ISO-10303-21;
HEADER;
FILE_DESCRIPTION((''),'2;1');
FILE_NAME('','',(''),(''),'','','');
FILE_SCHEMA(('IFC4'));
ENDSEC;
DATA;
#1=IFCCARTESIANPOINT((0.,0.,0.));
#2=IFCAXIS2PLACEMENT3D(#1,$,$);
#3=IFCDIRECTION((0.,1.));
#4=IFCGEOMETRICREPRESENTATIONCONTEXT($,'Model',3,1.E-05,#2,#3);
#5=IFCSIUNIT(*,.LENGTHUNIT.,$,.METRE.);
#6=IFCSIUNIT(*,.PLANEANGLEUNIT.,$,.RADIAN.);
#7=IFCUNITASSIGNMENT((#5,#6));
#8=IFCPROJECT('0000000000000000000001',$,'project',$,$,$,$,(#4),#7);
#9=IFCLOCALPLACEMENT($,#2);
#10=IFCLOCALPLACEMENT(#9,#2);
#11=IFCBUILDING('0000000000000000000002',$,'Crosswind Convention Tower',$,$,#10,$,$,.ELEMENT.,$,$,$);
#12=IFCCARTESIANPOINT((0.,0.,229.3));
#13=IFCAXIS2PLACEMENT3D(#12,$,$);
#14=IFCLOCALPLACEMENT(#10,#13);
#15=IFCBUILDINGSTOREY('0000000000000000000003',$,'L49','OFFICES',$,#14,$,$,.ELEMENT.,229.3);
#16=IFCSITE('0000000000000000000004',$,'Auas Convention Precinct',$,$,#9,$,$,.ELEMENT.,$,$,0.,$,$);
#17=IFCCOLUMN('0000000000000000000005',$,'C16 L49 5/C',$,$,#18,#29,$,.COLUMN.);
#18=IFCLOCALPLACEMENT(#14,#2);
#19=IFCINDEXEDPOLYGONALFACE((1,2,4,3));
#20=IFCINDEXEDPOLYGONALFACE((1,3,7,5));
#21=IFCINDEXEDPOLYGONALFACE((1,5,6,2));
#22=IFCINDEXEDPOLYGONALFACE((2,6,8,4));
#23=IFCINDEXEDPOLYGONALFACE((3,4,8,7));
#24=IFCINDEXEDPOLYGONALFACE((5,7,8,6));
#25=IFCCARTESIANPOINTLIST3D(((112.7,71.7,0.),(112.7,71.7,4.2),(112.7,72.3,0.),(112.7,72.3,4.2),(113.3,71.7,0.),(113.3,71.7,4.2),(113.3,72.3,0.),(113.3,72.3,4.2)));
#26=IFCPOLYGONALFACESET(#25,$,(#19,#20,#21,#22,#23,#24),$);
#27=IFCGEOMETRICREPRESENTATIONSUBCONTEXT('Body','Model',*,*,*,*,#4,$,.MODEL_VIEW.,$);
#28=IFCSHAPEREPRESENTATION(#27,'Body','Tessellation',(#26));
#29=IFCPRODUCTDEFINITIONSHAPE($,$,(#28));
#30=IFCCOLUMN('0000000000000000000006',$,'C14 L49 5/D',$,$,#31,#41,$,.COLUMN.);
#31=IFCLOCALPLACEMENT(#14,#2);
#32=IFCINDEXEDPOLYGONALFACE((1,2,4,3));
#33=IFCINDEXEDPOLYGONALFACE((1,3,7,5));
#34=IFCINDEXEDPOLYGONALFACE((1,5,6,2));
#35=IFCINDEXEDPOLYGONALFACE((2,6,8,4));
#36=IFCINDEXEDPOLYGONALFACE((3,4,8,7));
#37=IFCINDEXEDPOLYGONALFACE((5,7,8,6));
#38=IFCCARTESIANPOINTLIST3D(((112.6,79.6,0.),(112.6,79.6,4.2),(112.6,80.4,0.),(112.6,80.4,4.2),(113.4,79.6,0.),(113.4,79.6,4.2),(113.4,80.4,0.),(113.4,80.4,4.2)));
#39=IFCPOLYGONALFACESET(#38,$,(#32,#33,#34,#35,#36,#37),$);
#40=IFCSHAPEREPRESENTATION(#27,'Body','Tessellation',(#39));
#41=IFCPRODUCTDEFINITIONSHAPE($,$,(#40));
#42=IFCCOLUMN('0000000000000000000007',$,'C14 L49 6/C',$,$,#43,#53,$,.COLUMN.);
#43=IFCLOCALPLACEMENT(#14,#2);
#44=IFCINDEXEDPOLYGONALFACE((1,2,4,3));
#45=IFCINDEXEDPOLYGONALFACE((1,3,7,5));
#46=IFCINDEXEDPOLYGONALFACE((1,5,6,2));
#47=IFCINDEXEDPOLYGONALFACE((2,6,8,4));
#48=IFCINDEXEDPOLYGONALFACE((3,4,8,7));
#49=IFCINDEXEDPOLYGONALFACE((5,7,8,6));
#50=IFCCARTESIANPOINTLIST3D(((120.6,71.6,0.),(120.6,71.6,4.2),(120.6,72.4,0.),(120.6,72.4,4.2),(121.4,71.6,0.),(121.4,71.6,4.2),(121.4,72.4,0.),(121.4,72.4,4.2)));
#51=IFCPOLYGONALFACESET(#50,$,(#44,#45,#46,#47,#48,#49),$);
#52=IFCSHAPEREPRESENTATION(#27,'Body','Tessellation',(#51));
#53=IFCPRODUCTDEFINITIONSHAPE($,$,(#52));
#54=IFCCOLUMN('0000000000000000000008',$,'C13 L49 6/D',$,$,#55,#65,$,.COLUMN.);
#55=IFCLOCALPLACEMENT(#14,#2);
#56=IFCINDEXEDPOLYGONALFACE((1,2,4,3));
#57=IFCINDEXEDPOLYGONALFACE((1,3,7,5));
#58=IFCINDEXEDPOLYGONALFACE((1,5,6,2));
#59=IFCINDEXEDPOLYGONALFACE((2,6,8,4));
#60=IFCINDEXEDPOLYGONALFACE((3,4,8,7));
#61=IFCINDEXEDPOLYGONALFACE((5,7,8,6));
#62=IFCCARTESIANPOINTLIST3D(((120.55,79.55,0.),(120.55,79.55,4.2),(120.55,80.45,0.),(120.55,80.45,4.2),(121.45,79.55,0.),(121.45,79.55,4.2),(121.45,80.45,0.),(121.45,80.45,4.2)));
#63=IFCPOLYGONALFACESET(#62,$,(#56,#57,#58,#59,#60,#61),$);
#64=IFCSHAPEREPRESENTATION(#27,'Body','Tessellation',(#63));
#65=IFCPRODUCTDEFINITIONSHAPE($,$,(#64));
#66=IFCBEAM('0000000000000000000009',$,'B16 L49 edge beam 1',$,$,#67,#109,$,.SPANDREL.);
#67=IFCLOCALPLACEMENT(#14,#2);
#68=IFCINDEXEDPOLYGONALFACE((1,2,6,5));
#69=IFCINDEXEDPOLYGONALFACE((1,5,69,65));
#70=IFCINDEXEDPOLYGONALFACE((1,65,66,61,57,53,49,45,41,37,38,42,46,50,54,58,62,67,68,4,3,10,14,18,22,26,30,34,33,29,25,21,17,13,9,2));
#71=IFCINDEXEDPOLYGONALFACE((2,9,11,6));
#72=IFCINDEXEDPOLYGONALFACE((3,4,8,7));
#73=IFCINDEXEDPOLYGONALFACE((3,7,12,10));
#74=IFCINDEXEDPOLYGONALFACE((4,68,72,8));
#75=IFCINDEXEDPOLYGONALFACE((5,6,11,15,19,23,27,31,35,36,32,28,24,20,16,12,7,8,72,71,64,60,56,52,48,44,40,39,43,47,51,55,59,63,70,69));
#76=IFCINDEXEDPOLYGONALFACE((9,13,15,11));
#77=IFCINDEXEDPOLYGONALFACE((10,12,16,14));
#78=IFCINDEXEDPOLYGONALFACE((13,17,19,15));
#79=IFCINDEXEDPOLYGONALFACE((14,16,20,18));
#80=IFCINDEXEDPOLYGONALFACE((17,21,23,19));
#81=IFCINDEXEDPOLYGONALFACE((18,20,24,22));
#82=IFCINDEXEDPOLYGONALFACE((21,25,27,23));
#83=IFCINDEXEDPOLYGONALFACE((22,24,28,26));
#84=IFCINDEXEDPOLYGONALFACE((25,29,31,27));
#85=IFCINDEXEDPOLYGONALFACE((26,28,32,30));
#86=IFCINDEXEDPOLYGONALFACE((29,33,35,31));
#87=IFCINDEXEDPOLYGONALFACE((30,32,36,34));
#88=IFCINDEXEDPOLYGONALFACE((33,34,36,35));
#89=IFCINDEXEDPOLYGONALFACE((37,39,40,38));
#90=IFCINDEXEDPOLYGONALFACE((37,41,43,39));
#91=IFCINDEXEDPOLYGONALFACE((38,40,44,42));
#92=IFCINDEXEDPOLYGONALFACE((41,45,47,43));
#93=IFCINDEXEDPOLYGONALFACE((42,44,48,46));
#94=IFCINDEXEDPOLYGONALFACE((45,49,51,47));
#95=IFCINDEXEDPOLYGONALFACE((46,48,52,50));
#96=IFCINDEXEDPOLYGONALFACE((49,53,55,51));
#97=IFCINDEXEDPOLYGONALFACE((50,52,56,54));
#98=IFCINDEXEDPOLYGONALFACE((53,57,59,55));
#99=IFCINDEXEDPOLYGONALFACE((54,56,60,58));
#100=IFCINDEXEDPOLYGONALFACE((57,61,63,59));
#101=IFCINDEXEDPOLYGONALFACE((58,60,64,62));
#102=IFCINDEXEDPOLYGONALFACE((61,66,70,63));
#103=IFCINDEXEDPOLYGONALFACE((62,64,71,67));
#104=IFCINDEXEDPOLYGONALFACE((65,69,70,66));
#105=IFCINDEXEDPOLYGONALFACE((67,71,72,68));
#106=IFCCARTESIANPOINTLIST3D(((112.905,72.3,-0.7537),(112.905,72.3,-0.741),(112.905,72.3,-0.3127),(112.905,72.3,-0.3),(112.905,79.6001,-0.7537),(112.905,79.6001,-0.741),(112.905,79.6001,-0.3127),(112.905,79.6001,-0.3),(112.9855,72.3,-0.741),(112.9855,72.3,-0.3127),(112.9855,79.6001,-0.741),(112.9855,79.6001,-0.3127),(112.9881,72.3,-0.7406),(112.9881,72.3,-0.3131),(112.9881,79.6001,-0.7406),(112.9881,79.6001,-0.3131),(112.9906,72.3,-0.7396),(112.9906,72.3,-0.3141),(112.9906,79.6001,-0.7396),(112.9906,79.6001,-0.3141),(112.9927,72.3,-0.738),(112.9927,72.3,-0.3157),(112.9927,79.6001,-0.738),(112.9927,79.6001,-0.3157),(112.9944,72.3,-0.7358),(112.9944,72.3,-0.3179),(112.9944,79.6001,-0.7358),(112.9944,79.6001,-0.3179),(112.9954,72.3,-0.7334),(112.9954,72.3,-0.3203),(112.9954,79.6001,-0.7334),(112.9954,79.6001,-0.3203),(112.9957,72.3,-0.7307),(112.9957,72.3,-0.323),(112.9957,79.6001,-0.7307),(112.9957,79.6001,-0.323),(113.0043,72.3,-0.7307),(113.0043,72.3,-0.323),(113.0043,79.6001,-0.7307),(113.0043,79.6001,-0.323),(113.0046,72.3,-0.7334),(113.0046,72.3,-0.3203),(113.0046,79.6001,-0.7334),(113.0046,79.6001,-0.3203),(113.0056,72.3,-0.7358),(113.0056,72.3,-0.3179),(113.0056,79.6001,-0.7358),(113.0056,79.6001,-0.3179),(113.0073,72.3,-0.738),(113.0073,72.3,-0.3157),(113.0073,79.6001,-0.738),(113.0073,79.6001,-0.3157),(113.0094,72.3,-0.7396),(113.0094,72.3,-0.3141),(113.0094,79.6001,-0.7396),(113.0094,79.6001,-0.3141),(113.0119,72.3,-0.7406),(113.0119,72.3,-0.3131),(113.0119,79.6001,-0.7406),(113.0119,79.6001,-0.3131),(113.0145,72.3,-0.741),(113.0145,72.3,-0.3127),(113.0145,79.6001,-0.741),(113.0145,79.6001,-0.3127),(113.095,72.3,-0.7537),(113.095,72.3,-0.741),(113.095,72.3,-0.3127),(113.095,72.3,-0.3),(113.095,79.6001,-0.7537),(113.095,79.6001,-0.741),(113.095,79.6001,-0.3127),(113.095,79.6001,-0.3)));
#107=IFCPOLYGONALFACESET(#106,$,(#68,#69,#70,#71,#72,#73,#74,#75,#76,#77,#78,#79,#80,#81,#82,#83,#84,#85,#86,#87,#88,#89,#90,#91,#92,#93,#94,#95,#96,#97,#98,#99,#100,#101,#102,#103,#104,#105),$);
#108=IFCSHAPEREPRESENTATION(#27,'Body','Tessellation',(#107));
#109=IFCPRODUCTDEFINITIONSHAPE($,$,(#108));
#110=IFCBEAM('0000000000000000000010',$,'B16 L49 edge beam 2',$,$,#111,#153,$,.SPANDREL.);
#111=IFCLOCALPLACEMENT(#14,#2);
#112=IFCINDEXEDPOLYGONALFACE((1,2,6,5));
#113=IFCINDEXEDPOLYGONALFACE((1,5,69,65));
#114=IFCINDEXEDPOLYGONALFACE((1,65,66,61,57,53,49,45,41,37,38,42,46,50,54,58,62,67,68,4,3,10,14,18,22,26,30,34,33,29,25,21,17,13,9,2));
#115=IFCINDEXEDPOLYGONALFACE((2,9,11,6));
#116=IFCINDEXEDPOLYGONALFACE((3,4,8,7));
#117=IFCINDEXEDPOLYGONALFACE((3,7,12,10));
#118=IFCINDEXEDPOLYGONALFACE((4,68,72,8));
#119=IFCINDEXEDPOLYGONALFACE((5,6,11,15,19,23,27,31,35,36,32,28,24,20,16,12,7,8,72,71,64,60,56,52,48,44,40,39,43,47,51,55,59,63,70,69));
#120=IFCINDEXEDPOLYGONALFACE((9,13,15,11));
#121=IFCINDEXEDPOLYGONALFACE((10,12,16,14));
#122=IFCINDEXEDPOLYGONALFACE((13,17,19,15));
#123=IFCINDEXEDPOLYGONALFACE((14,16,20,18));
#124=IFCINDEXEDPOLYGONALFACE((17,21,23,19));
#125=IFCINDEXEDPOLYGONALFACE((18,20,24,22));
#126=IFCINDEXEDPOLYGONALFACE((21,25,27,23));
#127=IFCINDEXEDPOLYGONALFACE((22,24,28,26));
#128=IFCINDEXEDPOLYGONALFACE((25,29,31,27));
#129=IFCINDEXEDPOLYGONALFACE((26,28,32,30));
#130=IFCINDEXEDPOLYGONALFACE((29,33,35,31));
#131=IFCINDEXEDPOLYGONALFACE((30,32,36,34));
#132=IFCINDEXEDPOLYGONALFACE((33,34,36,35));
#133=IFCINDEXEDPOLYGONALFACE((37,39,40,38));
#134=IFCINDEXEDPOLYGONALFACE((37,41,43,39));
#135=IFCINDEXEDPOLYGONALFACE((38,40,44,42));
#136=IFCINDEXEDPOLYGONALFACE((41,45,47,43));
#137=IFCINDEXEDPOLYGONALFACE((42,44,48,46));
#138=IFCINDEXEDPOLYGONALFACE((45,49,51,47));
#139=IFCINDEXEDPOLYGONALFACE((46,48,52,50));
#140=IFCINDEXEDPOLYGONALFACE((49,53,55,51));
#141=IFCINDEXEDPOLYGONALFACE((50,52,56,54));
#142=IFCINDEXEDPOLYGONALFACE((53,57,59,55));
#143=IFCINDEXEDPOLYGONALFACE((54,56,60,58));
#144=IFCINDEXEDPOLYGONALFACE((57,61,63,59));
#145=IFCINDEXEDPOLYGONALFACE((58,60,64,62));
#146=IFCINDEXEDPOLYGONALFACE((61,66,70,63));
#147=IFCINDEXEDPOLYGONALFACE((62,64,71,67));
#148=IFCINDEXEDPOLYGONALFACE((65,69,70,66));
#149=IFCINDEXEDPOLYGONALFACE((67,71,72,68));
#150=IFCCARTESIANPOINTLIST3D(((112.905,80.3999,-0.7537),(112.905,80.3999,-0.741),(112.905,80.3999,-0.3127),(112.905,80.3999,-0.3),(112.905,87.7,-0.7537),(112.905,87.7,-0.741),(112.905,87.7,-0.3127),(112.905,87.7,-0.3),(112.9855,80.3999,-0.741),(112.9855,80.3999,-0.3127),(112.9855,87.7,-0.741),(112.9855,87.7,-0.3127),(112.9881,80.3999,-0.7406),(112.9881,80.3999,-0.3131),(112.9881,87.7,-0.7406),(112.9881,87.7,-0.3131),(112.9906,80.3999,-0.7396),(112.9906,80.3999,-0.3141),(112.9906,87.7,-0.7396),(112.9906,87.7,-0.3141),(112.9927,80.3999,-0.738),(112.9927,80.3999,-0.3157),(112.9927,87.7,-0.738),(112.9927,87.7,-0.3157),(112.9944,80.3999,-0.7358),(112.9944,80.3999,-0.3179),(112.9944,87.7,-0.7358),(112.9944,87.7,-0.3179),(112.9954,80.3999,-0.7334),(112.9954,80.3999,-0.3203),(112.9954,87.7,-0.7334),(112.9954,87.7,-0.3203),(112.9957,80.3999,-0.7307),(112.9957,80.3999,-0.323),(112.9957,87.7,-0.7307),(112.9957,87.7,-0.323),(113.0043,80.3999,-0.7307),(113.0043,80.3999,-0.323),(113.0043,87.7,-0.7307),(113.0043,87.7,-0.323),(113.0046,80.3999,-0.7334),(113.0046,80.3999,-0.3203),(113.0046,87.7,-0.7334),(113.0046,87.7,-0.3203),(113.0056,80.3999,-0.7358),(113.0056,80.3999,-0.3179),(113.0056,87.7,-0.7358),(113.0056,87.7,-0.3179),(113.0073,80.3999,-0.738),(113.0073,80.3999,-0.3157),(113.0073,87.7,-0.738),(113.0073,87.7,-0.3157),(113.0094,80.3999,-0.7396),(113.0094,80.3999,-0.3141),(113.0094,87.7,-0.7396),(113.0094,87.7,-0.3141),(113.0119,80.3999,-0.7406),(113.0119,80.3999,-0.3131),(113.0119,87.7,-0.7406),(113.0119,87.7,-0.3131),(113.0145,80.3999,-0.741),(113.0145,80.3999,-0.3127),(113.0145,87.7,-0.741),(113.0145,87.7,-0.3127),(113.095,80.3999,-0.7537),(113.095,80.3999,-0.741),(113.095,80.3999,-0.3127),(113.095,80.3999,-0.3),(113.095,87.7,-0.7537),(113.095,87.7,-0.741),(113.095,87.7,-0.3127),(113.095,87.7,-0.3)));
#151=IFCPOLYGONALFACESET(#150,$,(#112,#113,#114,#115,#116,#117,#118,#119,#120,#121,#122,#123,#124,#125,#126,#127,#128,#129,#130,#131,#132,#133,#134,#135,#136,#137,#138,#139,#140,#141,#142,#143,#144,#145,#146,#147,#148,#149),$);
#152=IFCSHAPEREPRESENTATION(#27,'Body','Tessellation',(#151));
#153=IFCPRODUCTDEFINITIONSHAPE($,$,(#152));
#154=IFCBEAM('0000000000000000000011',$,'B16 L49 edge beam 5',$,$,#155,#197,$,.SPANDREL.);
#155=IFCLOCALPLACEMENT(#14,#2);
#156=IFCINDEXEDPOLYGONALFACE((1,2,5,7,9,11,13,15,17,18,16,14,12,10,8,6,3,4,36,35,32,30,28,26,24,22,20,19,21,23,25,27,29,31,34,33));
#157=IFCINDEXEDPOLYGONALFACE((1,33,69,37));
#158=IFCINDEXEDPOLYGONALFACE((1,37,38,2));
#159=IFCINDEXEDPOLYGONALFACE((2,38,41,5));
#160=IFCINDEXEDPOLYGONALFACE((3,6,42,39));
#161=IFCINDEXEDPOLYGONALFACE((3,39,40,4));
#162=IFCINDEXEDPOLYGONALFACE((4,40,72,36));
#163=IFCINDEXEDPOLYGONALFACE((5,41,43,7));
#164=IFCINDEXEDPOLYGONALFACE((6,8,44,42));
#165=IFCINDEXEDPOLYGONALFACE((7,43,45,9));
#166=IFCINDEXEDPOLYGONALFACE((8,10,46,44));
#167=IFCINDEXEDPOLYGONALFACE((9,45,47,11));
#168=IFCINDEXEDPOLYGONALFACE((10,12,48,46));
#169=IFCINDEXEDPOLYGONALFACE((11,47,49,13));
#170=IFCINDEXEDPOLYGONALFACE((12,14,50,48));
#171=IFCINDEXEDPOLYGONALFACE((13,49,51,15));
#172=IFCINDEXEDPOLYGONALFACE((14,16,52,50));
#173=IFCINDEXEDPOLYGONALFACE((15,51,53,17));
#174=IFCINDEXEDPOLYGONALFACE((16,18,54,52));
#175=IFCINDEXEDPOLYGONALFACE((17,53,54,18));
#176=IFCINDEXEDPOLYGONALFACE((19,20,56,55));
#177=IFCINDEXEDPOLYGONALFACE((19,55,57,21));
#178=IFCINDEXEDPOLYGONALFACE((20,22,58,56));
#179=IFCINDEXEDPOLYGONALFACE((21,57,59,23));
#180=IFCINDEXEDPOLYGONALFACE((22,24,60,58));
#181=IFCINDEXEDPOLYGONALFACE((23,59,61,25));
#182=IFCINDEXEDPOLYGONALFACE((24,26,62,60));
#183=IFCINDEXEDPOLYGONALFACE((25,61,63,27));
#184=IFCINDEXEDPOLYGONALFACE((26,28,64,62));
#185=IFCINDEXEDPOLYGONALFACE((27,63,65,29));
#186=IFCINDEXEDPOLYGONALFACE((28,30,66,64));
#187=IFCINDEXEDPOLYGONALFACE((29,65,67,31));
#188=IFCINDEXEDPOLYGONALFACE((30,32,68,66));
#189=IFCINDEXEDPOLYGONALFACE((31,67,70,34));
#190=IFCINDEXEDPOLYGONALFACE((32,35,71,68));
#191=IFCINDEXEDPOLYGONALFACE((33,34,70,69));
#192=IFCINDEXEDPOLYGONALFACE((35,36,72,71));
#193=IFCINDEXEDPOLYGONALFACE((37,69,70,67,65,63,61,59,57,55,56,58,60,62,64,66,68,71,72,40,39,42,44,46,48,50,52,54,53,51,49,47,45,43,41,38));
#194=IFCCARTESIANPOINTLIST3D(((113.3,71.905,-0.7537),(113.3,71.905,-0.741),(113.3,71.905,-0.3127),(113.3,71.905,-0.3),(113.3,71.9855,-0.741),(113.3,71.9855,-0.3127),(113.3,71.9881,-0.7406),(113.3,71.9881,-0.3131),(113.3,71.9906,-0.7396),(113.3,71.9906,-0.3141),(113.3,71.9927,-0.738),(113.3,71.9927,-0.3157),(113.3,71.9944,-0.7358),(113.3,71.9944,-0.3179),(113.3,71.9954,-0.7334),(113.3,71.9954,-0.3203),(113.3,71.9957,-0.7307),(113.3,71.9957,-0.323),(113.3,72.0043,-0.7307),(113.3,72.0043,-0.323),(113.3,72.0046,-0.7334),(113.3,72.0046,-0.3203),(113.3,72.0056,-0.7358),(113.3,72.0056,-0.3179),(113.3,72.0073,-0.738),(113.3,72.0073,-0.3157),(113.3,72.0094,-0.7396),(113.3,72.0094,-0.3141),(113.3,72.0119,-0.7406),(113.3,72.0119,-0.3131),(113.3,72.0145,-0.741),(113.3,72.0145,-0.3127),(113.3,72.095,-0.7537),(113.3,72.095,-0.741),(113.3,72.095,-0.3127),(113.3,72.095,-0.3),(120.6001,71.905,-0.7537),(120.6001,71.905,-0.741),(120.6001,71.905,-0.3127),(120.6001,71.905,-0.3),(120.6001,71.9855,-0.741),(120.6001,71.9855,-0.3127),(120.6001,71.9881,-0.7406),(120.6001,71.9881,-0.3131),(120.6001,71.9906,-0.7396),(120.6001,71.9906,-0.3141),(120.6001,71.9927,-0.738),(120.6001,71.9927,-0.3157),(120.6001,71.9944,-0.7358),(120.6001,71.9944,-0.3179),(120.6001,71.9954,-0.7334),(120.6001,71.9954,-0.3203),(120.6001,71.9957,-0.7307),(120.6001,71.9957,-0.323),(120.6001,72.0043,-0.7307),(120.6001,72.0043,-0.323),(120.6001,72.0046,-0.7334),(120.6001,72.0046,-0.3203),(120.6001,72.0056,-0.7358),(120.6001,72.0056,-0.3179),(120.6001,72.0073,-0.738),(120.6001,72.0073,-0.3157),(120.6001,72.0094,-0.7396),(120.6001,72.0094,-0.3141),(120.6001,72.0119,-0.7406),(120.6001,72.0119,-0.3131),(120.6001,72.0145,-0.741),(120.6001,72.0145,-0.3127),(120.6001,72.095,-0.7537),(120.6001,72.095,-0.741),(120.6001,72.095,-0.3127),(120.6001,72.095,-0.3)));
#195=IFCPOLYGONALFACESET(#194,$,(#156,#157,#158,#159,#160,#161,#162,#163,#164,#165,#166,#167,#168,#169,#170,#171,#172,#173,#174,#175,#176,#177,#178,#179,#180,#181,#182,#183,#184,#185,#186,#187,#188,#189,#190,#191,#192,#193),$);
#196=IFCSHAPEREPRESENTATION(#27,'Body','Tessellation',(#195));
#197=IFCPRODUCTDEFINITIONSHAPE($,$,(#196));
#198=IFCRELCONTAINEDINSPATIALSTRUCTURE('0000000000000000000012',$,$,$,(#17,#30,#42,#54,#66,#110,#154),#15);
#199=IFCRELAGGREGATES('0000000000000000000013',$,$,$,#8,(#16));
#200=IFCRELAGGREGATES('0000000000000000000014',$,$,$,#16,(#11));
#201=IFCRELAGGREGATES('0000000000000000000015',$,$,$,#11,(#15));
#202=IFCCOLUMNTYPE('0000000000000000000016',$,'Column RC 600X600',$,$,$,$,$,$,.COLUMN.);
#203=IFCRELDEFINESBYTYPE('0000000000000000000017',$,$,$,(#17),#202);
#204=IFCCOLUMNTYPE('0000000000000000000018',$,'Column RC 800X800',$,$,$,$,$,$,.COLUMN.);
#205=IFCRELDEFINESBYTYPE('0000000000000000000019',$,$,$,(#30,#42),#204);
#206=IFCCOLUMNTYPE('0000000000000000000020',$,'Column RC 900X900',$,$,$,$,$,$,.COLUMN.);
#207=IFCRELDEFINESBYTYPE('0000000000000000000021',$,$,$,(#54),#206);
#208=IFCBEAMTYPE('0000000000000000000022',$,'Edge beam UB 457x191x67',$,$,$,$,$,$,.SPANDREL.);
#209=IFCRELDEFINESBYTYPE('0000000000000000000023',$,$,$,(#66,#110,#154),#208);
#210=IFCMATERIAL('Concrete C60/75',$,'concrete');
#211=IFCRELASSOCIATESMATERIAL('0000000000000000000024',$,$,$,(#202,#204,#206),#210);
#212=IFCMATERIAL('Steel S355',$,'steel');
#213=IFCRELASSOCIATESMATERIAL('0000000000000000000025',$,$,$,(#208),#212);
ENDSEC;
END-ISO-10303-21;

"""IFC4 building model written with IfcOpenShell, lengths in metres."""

from ifc_helpers import new_model, si_unit, direction, frame, origin, origin_2d, place, context, subcontext, project, spatial, rectangle, i_section, extrude, material, material_profile, profile_set, type_object, element, save


model = new_model("IFC4")

# Units and contexts
model_context = context("Model", 3, precision=1e-05, world=origin(), true_north=direction((0.0, 1.0)))
body_context = subcontext(model_context, "Body", "Model", "MODEL_VIEW")
ifc_project = project(units=[si_unit("LENGTHUNIT", "METRE"), si_unit("PLANEANGLEUNIT", "RADIAN")], contexts=[model_context])

# Site, building, storey
site_placement = place(None, origin())
site = spatial("IfcSite", under=ifc_project, at=site_placement, Name="Auas Convention Precinct", CompositionType="ELEMENT", RefElevation=0.0)
building_placement = place(site_placement, origin())
building = spatial("IfcBuilding", under=site, at=building_placement, Name="Crosswind Convention Tower", CompositionType="ELEMENT")
storey_placement = place(building_placement, frame((0.0, 0.0, 229.3)))
storey = spatial("IfcBuildingStorey", under=building, at=storey_placement, Name="L49", Description="OFFICES", CompositionType="ELEMENT", Elevation=229.3)

# Columns
ifc_material_1 = material(Name="Concrete C60/75", Category="concrete")
ifc_material_profile_1 = material_profile(ifc_material_1, rectangle(XDim=0.6001, YDim=0.6001, at=origin_2d()), Name="RC 600X600")
ifc_profile_set_1 = profile_set([ifc_material_profile_1], Name="Concrete C60/75")
column_type_1 = type_object("IfcColumnType", Name="Column RC 600X600", PredefinedType="COLUMN", material=ifc_profile_set_1)
column_1_placement = place(storey_placement, frame((113.0, 72.0, 0.0), z_axis=(0.0, 0.0, 1.0), x_axis=(1.0, 0.0, 0.0)))
element("IfcColumn", 1, at=column_1_placement, inside=storey, type_object=column_type_1, Name="C16 L49 5/C", PredefinedType="COLUMN", context=body_context, shape_type="SweptSolid", body=[
    extrude(rectangle(XDim=0.6001, YDim=0.6001, at=origin_2d()), origin(), (0.0, 0.0, 1.0), 4.2),
])
ifc_material_profile_2 = material_profile(ifc_material_1, rectangle(XDim=0.8, YDim=0.8, at=origin_2d()), Name="RC 800X800")
ifc_profile_set_2 = profile_set([ifc_material_profile_2], Name="Concrete C60/75")
column_type_2 = type_object("IfcColumnType", Name="Column RC 800X800", PredefinedType="COLUMN", material=ifc_profile_set_2)
for number, where, z_axis, x_axis, name in (
    (2, (113.0, 80.0, 0.0), (0.0, 0.0, 1.0), (1.0, 0.0, 0.0), "C14 L49 5/D"),
    (3, (121.0, 72.0, 0.0), (0.0, 0.0, 1.0), (1.0, 0.0, 0.0), "C14 L49 6/C"),
):
    element("IfcColumn", number, at=place(storey_placement, frame(where, z_axis=z_axis, x_axis=x_axis)), inside=storey, type_object=column_type_2, Name=name, PredefinedType="COLUMN", context=body_context, shape_type="SweptSolid", body=[
        extrude(rectangle(XDim=0.8, YDim=0.8, at=origin_2d()), origin(), (0.0, 0.0, 1.0), 4.2),
    ])
ifc_material_profile_3 = material_profile(ifc_material_1, rectangle(XDim=0.8999, YDim=0.8999, at=origin_2d()), Name="RC 900X900")
ifc_profile_set_3 = profile_set([ifc_material_profile_3], Name="Concrete C60/75")
column_type_3 = type_object("IfcColumnType", Name="Column RC 900X900", PredefinedType="COLUMN", material=ifc_profile_set_3)
column_2_placement = place(storey_placement, frame((121.0, 80.0, 0.0), z_axis=(0.0, 0.0, 1.0), x_axis=(1.0, 0.0, 0.0)))
element("IfcColumn", 4, at=column_2_placement, inside=storey, type_object=column_type_3, Name="C13 L49 6/D", PredefinedType="COLUMN", context=body_context, shape_type="SweptSolid", body=[
    extrude(rectangle(XDim=0.8999, YDim=0.8999, at=origin_2d()), origin(), (0.0, 0.0, 1.0), 4.2),
])

# Beams
ifc_material_2 = material(Name="Steel S355", Category="steel")
ifc_material_profile_4 = material_profile(ifc_material_2, i_section(OverallWidth=0.1899, OverallDepth=0.4536, WebThickness=0.0085, FlangeThickness=0.0127, FilletRadius=0.0103, at=origin_2d()), Name="UB 457x191x67")
ifc_profile_set_4 = profile_set([ifc_material_profile_4], Name="Steel S355")
beam_type_1 = type_object("IfcBeamType", Name="Edge beam UB 457x191x67", PredefinedType="SPANDREL", material=ifc_profile_set_4)
for number, where, z_axis, x_axis, name in (
    (5, (113.0, 72.3, -0.5269), (0.0, 1.0, 0.0), (-1.0, 0.0, 0.0), "B16 L49 edge beam 1"),
    (6, (113.0, 80.3999, -0.5269), (0.0, 1.0, 0.0), (-1.0, 0.0, 0.0), "B16 L49 edge beam 2"),
    (7, (113.3, 72.0, -0.5269), (1.0, 0.0, 0.0), (0.0, 1.0, 0.0), "B16 L49 edge beam 5"),
):
    element("IfcBeam", number, at=place(storey_placement, frame(where, z_axis=z_axis, x_axis=x_axis)), inside=storey, type_object=beam_type_1, Name=name, PredefinedType="SPANDREL", context=body_context, shape_type="SweptSolid", body=[
        extrude(i_section(OverallWidth=0.1899, OverallDepth=0.4536, WebThickness=0.0085, FlangeThickness=0.0127, FilletRadius=0.0103, at=origin_2d()), origin(), (0.0, 0.0, 1.0), 7.3),
    ])

save(model, "model.ifc")
